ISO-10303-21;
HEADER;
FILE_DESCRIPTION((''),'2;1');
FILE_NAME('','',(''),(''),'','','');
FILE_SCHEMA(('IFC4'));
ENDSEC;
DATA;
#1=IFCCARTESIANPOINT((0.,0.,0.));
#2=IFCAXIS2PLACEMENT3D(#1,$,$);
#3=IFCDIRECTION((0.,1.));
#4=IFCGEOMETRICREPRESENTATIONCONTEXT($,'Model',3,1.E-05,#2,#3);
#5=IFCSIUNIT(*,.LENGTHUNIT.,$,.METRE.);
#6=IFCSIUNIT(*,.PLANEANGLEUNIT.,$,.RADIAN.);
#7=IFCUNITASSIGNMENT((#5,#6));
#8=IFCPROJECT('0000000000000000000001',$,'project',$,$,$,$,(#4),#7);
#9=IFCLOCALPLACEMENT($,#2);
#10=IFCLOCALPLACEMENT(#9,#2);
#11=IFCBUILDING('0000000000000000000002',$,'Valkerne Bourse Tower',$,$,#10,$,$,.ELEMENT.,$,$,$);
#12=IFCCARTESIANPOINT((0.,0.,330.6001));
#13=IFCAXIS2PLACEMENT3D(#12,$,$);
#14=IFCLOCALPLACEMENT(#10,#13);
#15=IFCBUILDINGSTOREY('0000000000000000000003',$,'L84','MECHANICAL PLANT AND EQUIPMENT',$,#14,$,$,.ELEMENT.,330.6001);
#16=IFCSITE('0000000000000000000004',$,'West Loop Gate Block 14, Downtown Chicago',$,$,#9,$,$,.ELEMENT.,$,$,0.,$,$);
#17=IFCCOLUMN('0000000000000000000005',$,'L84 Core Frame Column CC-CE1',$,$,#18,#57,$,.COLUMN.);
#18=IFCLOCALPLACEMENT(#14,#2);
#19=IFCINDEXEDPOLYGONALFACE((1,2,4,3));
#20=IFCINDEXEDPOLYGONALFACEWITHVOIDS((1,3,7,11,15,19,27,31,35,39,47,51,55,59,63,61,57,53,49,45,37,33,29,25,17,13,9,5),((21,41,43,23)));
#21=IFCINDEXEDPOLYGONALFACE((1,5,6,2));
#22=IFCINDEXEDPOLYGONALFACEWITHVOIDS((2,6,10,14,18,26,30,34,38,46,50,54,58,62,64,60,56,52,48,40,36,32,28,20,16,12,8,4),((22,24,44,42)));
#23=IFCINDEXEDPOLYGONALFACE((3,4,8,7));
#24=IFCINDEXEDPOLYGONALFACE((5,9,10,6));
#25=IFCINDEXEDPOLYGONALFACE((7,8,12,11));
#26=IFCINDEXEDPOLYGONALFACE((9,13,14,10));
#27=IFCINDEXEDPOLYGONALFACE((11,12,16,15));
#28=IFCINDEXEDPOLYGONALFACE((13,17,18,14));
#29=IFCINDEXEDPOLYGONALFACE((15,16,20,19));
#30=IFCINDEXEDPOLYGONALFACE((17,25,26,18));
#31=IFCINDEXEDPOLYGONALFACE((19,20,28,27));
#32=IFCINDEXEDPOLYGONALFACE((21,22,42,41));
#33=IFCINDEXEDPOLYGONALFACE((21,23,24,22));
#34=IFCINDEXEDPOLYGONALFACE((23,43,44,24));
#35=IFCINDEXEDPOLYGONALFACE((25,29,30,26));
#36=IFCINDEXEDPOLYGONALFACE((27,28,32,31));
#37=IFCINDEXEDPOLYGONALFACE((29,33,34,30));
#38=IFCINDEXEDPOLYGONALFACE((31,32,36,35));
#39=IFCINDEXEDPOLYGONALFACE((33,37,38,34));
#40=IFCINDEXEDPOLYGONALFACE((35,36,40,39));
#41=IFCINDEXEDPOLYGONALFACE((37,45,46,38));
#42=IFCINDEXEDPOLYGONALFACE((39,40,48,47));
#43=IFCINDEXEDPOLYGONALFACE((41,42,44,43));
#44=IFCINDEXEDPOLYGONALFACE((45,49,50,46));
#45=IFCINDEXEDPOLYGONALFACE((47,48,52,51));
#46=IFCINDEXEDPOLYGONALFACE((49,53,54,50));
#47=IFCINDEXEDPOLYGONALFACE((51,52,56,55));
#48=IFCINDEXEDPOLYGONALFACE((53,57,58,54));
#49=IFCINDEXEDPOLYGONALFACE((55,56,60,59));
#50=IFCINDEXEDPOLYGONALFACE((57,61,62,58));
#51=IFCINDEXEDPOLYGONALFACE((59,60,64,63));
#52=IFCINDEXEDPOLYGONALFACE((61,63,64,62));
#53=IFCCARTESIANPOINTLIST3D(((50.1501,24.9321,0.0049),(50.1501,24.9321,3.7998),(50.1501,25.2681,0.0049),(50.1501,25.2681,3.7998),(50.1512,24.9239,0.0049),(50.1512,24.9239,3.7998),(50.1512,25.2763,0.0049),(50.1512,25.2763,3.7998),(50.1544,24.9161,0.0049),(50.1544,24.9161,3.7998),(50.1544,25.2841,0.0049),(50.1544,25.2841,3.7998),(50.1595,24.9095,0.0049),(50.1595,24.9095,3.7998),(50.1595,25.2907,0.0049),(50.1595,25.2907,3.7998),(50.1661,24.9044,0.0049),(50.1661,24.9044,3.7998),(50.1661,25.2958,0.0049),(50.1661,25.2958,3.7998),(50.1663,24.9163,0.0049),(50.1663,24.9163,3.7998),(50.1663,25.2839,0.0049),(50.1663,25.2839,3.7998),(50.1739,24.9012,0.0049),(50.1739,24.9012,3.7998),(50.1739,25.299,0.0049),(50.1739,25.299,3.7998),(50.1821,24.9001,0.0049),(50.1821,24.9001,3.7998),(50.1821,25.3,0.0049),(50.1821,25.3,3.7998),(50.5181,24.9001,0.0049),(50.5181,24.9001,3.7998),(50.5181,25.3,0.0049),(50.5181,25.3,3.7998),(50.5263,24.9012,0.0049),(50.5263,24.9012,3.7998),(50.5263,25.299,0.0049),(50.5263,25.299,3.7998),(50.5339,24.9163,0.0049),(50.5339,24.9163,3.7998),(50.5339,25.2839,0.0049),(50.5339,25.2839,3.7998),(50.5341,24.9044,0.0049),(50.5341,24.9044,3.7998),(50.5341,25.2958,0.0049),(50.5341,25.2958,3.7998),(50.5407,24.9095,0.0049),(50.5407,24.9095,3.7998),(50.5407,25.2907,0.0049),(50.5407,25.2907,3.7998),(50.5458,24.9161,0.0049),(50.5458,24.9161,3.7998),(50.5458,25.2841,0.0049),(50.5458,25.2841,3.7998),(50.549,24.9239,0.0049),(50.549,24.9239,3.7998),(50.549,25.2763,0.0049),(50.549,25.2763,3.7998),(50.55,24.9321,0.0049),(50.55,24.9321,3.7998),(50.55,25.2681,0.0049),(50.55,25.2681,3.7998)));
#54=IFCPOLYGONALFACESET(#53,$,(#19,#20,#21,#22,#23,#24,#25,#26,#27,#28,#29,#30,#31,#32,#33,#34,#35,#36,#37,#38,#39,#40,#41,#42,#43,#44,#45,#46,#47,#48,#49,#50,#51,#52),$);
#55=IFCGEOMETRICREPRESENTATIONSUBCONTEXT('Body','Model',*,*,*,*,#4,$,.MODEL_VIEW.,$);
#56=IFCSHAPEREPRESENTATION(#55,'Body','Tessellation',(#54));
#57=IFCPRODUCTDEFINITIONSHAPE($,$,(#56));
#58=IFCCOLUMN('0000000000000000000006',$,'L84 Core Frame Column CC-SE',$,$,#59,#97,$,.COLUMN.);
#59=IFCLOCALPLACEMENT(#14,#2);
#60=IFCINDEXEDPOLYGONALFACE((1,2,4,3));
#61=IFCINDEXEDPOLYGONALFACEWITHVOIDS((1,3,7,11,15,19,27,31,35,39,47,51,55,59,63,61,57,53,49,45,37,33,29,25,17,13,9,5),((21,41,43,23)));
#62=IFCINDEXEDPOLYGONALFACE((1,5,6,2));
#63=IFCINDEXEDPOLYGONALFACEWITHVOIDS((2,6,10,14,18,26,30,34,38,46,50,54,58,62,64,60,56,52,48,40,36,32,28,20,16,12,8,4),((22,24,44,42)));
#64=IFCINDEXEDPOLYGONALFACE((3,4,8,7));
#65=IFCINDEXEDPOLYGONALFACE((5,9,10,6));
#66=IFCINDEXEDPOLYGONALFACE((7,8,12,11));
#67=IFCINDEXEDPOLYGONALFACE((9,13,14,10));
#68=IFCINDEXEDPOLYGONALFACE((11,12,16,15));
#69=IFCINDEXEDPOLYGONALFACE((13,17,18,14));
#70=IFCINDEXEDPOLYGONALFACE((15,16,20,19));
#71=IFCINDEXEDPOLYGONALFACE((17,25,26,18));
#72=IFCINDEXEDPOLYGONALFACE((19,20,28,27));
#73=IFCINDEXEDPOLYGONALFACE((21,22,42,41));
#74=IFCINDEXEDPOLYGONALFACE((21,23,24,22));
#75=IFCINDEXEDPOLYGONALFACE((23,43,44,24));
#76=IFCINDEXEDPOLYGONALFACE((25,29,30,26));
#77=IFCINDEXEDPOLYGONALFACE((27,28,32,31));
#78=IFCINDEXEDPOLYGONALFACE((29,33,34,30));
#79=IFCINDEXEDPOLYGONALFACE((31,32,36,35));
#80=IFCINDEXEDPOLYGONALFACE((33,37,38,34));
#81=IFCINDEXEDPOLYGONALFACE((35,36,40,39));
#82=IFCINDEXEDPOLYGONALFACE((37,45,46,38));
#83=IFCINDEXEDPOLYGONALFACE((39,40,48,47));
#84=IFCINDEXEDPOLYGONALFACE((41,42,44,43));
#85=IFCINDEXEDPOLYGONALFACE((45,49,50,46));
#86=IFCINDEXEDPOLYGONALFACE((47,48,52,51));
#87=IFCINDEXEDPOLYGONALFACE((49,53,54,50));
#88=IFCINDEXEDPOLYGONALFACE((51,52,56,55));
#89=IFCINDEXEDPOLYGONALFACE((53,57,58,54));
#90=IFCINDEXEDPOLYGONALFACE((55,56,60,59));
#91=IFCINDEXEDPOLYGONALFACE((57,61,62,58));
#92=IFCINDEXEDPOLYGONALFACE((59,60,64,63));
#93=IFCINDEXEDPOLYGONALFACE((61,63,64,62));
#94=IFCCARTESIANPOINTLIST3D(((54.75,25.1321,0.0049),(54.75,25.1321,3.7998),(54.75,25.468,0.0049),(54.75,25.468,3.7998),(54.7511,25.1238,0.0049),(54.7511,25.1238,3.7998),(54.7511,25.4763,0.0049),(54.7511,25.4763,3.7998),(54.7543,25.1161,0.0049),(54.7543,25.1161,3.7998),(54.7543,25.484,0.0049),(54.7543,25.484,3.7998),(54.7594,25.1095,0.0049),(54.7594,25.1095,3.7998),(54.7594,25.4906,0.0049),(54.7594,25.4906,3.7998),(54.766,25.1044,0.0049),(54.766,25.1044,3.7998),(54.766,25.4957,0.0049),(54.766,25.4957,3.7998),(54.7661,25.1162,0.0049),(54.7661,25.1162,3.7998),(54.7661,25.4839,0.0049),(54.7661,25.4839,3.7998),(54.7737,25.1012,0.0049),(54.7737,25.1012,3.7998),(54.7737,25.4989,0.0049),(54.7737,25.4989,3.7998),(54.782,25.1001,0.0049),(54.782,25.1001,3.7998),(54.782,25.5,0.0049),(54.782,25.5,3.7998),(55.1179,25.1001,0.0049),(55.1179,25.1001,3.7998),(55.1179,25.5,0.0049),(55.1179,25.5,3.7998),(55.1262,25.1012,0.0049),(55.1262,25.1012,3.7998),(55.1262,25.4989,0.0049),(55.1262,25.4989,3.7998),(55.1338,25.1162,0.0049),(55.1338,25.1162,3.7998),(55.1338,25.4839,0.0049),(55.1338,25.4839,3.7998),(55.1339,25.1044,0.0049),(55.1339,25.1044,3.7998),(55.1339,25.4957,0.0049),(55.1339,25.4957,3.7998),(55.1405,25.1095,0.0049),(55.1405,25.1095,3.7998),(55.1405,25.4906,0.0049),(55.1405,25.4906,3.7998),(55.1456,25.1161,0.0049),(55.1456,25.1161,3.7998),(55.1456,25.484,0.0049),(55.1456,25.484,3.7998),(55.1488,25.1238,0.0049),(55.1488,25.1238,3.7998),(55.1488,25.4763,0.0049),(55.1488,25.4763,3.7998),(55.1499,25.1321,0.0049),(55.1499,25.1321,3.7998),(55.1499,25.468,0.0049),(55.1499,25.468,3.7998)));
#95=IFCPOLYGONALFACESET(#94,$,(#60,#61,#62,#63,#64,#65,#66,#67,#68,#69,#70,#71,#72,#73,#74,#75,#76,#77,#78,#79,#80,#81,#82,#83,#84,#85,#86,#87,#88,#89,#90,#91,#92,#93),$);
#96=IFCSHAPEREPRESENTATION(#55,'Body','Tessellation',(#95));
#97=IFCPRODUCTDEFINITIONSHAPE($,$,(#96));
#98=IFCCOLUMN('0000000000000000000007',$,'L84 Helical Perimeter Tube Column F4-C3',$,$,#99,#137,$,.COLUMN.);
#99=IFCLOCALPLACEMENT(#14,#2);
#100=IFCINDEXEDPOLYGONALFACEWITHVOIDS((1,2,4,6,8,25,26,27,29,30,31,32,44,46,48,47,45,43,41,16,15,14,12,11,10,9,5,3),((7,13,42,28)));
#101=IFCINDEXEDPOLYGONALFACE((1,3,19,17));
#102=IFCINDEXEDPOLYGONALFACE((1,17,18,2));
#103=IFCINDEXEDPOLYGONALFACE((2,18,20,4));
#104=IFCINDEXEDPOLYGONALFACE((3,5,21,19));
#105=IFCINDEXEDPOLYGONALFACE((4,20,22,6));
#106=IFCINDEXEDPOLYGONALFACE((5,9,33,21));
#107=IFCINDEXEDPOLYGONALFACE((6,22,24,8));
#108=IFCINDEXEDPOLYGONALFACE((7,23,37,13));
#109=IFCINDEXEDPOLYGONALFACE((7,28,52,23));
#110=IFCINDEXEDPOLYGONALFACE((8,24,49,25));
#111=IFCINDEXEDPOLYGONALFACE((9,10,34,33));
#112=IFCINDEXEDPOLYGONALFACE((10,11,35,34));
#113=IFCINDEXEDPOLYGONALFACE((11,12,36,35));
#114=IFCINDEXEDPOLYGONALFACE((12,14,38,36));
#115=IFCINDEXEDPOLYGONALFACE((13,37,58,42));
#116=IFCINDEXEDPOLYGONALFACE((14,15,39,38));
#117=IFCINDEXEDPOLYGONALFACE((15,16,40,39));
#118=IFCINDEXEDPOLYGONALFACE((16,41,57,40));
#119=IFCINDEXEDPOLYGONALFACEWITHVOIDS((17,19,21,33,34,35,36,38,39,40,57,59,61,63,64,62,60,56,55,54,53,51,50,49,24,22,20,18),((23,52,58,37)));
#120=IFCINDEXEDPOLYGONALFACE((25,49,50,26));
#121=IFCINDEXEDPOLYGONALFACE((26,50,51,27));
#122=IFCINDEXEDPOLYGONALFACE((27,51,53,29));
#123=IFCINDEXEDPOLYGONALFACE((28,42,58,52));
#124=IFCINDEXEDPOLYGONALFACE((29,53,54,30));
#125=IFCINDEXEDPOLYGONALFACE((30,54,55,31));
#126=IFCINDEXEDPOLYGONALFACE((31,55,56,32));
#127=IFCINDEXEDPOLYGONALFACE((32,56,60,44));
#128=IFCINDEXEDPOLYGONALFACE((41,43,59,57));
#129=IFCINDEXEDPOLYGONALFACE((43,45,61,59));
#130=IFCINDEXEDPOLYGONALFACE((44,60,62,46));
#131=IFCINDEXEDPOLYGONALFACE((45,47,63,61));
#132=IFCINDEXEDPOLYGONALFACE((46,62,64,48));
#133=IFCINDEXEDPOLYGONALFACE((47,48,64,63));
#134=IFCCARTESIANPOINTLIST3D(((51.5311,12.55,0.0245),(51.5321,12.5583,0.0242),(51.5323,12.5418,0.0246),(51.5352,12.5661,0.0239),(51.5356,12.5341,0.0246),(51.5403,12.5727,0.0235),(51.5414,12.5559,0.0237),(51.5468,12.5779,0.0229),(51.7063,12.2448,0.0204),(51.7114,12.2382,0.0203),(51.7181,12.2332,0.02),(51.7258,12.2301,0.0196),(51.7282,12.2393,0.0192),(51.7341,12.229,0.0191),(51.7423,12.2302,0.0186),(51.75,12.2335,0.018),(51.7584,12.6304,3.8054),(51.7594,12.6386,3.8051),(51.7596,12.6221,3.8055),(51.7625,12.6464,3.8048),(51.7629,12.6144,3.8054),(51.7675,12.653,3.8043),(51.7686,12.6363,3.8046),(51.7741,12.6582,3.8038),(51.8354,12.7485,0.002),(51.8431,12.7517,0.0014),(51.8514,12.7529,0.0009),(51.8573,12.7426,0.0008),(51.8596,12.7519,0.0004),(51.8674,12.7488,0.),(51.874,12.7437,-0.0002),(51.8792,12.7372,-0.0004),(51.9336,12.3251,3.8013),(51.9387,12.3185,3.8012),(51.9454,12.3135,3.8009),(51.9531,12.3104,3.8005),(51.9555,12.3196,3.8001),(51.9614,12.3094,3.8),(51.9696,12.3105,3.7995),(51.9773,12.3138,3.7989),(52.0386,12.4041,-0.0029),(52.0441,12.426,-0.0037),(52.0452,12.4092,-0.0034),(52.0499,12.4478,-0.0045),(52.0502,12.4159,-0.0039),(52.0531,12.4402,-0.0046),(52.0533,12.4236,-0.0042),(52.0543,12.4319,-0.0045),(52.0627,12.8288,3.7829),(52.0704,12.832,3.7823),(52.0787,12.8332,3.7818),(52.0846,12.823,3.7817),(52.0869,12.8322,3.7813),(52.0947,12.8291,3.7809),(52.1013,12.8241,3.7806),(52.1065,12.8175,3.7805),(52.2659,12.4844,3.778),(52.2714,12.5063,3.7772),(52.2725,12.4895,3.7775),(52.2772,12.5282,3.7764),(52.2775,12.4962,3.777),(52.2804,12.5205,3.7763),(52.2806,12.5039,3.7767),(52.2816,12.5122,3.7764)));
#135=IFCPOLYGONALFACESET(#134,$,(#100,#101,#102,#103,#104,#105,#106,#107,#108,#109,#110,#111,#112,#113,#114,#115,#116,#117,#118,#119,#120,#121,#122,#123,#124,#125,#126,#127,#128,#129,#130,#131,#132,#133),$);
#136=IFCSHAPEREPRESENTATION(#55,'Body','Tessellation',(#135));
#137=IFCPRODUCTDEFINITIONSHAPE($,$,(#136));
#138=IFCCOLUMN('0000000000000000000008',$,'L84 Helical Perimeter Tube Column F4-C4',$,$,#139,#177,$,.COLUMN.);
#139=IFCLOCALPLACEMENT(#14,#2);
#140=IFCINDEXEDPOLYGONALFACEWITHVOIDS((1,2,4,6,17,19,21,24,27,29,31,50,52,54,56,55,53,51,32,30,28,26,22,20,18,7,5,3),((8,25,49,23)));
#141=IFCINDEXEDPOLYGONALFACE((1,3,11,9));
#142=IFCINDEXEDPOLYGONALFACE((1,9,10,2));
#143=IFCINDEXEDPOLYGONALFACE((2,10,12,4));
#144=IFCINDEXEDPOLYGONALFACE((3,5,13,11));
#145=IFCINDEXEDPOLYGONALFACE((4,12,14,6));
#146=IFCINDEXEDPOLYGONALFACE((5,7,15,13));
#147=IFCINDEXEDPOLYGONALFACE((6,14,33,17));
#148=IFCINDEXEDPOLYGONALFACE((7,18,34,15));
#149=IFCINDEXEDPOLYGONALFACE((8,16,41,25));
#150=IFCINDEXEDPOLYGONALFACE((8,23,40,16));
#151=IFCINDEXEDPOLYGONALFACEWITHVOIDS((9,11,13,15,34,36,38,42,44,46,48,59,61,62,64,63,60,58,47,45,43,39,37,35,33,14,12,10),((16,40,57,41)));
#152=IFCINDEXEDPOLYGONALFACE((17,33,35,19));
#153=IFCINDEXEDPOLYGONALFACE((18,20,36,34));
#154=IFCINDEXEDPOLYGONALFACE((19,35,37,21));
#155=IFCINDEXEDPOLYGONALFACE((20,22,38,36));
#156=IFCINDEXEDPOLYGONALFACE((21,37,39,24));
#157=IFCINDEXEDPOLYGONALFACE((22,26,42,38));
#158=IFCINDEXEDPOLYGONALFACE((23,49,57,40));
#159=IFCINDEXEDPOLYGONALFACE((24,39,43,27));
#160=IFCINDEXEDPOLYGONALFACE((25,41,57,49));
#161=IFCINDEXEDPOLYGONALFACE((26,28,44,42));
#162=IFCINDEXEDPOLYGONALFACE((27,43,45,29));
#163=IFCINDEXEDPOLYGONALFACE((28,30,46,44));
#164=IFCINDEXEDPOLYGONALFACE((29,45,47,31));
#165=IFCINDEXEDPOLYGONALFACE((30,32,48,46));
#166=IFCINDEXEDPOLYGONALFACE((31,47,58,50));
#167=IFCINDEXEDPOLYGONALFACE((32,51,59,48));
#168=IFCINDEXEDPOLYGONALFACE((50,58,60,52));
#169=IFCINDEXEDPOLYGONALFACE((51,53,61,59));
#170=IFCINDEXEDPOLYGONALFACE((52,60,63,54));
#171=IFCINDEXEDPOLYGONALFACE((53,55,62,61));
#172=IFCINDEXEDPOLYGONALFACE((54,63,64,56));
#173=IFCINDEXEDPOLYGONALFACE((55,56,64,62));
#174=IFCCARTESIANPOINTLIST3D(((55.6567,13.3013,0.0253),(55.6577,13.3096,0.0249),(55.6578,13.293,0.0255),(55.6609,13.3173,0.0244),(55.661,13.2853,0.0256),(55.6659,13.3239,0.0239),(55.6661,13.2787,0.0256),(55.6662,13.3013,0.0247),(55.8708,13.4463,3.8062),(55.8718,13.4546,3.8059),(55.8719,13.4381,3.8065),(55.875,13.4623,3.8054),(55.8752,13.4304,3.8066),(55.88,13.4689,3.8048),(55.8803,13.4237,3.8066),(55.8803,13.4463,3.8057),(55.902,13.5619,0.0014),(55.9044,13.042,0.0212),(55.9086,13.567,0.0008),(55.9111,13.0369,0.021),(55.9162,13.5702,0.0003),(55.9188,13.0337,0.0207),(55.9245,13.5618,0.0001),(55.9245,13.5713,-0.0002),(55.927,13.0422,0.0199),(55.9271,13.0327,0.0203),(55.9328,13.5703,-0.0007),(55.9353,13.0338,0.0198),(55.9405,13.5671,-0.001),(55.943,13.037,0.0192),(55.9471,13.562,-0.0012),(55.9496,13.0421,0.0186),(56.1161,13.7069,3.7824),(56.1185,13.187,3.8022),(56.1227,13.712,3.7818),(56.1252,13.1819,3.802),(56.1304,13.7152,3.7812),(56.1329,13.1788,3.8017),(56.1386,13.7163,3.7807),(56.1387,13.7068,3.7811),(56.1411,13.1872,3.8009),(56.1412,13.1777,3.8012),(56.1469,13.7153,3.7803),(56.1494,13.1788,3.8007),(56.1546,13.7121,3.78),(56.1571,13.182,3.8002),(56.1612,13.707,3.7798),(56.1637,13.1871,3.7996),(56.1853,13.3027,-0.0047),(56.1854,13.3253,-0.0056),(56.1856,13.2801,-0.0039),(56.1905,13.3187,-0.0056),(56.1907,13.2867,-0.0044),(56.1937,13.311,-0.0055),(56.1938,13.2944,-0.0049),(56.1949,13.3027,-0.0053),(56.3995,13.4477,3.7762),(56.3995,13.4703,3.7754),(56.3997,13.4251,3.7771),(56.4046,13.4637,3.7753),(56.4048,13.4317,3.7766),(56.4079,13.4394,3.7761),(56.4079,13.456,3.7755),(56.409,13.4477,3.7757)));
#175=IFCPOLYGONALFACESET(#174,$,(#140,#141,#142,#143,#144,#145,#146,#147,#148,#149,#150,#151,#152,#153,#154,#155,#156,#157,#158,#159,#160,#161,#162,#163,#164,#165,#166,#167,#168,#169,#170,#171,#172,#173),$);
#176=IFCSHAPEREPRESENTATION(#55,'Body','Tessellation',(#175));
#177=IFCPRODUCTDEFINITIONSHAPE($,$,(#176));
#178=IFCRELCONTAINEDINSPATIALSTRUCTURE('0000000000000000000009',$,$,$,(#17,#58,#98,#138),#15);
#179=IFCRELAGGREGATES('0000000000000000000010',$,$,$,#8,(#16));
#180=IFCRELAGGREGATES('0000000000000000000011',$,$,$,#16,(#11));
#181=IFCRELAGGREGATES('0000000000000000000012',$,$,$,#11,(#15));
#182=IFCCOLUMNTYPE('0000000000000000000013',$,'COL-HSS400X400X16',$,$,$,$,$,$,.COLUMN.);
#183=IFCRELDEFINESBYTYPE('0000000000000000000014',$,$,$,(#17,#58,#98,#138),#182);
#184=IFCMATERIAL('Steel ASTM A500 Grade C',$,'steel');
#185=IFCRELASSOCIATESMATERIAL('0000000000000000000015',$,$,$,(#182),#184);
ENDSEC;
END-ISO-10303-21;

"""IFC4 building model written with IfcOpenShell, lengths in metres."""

from ifc_helpers import new_model, si_unit, direction, frame, origin, origin_2d, place, context, subcontext, project, spatial, hollow_rectangle, extrude, material, material_profile, profile_set, type_object, element, save


model = new_model("IFC4")

# Units and contexts
model_context = context("Model", 3, precision=1e-05, world=origin(), true_north=direction((0.0, 1.0)))
body_context = subcontext(model_context, "Body", "Model", "MODEL_VIEW")
ifc_project = project(units=[si_unit("LENGTHUNIT", "METRE"), si_unit("PLANEANGLEUNIT", "RADIAN")], contexts=[model_context])

# Site, building, storey
site_placement = place(None, origin())
site = spatial("IfcSite", under=ifc_project, at=site_placement, Name="West Loop Gate Block 14, Downtown Chicago", CompositionType="ELEMENT", RefElevation=0.0)
building_placement = place(site_placement, origin())
building = spatial("IfcBuilding", under=site, at=building_placement, Name="Valkerne Bourse Tower", CompositionType="ELEMENT")
storey_placement = place(building_placement, frame((0.0, 0.0, 330.6001)))
storey = spatial("IfcBuildingStorey", under=building, at=storey_placement, Name="L84", Description="MECHANICAL PLANT AND EQUIPMENT", CompositionType="ELEMENT", Elevation=330.6001)

# Columns
ifc_material_1 = material(Name="Steel ASTM A500 Grade C", Category="steel")
ifc_material_profile_1 = material_profile(ifc_material_1, hollow_rectangle(XDim=0.3999, YDim=0.3999, WallThickness=0.0161, OuterFilletRadius=0.032, at=origin_2d()), Name="HSS400X400X16")
ifc_profile_set_1 = profile_set([ifc_material_profile_1], Name="Steel ASTM A500 Grade C")
column_type = type_object("IfcColumnType", Name="COL-HSS400X400X16", PredefinedType="COLUMN", material=ifc_profile_set_1)
for number, where, z_axis, x_axis, name in (
    (1, (50.3501, 25.1001, 0.0049), (0.0, 0.0, 1.0), (1.0, 0.0, 0.0), "L84 Core Frame Column CC-CE1"),
    (2, (54.95, 25.3, 0.0049), (0.0, 0.0, 1.0), (1.0, 0.0, 0.0), "L84 Core Frame Column CC-SE"),
):
    element("IfcColumn", number, at=place(storey_placement, frame(where, z_axis=z_axis, x_axis=x_axis)), inside=storey, type_object=column_type, Name=name, PredefinedType="COLUMN", context=body_context, shape_type="SweptSolid", body=[
        extrude(hollow_rectangle(XDim=0.3999, YDim=0.3999, WallThickness=0.0161, OuterFilletRadius=0.032, at=origin_2d()), origin(), (0.0, 0.0, 1.0), 3.7949),
    ])
column_placement = place(storey_placement, frame((51.7927, 12.491, 0.01), z_axis=(0.059993, 0.021201, 0.997974), x_axis=(-0.508111, 0.861204, 0.01225)))
element("IfcColumn", 3, at=column_placement, inside=storey, type_object=column_type, Name="L84 Helical Perimeter Tube Column F4-C3", PredefinedType="COLUMN", context=body_context, shape_type="SweptSolid", body=[
    extrude(hollow_rectangle(XDim=0.3999, YDim=0.3999, WallThickness=0.0161, OuterFilletRadius=0.032, at=origin_2d()), origin(), (0.0, 0.0, 1.0), 3.7886),
])
for number, where, z_axis, x_axis, name in (
    (4, (55.9258, 13.302, 0.01), (0.056496, 0.038265, 0.997669), (-0.709324, 0.70476, 0.013137), "L84 Helical Perimeter Tube Column F4-C4"),
):
    element("IfcColumn", number, at=place(storey_placement, frame(where, z_axis=z_axis, x_axis=x_axis)), inside=storey, type_object=column_type, Name=name, PredefinedType="COLUMN", context=body_context, shape_type="SweptSolid", body=[
        extrude(hollow_rectangle(XDim=0.3999, YDim=0.3999, WallThickness=0.0161, OuterFilletRadius=0.032, at=origin_2d()), origin(), (0.0, 0.0, 1.0), 3.7898),
    ])

save(model, "model.ifc")
